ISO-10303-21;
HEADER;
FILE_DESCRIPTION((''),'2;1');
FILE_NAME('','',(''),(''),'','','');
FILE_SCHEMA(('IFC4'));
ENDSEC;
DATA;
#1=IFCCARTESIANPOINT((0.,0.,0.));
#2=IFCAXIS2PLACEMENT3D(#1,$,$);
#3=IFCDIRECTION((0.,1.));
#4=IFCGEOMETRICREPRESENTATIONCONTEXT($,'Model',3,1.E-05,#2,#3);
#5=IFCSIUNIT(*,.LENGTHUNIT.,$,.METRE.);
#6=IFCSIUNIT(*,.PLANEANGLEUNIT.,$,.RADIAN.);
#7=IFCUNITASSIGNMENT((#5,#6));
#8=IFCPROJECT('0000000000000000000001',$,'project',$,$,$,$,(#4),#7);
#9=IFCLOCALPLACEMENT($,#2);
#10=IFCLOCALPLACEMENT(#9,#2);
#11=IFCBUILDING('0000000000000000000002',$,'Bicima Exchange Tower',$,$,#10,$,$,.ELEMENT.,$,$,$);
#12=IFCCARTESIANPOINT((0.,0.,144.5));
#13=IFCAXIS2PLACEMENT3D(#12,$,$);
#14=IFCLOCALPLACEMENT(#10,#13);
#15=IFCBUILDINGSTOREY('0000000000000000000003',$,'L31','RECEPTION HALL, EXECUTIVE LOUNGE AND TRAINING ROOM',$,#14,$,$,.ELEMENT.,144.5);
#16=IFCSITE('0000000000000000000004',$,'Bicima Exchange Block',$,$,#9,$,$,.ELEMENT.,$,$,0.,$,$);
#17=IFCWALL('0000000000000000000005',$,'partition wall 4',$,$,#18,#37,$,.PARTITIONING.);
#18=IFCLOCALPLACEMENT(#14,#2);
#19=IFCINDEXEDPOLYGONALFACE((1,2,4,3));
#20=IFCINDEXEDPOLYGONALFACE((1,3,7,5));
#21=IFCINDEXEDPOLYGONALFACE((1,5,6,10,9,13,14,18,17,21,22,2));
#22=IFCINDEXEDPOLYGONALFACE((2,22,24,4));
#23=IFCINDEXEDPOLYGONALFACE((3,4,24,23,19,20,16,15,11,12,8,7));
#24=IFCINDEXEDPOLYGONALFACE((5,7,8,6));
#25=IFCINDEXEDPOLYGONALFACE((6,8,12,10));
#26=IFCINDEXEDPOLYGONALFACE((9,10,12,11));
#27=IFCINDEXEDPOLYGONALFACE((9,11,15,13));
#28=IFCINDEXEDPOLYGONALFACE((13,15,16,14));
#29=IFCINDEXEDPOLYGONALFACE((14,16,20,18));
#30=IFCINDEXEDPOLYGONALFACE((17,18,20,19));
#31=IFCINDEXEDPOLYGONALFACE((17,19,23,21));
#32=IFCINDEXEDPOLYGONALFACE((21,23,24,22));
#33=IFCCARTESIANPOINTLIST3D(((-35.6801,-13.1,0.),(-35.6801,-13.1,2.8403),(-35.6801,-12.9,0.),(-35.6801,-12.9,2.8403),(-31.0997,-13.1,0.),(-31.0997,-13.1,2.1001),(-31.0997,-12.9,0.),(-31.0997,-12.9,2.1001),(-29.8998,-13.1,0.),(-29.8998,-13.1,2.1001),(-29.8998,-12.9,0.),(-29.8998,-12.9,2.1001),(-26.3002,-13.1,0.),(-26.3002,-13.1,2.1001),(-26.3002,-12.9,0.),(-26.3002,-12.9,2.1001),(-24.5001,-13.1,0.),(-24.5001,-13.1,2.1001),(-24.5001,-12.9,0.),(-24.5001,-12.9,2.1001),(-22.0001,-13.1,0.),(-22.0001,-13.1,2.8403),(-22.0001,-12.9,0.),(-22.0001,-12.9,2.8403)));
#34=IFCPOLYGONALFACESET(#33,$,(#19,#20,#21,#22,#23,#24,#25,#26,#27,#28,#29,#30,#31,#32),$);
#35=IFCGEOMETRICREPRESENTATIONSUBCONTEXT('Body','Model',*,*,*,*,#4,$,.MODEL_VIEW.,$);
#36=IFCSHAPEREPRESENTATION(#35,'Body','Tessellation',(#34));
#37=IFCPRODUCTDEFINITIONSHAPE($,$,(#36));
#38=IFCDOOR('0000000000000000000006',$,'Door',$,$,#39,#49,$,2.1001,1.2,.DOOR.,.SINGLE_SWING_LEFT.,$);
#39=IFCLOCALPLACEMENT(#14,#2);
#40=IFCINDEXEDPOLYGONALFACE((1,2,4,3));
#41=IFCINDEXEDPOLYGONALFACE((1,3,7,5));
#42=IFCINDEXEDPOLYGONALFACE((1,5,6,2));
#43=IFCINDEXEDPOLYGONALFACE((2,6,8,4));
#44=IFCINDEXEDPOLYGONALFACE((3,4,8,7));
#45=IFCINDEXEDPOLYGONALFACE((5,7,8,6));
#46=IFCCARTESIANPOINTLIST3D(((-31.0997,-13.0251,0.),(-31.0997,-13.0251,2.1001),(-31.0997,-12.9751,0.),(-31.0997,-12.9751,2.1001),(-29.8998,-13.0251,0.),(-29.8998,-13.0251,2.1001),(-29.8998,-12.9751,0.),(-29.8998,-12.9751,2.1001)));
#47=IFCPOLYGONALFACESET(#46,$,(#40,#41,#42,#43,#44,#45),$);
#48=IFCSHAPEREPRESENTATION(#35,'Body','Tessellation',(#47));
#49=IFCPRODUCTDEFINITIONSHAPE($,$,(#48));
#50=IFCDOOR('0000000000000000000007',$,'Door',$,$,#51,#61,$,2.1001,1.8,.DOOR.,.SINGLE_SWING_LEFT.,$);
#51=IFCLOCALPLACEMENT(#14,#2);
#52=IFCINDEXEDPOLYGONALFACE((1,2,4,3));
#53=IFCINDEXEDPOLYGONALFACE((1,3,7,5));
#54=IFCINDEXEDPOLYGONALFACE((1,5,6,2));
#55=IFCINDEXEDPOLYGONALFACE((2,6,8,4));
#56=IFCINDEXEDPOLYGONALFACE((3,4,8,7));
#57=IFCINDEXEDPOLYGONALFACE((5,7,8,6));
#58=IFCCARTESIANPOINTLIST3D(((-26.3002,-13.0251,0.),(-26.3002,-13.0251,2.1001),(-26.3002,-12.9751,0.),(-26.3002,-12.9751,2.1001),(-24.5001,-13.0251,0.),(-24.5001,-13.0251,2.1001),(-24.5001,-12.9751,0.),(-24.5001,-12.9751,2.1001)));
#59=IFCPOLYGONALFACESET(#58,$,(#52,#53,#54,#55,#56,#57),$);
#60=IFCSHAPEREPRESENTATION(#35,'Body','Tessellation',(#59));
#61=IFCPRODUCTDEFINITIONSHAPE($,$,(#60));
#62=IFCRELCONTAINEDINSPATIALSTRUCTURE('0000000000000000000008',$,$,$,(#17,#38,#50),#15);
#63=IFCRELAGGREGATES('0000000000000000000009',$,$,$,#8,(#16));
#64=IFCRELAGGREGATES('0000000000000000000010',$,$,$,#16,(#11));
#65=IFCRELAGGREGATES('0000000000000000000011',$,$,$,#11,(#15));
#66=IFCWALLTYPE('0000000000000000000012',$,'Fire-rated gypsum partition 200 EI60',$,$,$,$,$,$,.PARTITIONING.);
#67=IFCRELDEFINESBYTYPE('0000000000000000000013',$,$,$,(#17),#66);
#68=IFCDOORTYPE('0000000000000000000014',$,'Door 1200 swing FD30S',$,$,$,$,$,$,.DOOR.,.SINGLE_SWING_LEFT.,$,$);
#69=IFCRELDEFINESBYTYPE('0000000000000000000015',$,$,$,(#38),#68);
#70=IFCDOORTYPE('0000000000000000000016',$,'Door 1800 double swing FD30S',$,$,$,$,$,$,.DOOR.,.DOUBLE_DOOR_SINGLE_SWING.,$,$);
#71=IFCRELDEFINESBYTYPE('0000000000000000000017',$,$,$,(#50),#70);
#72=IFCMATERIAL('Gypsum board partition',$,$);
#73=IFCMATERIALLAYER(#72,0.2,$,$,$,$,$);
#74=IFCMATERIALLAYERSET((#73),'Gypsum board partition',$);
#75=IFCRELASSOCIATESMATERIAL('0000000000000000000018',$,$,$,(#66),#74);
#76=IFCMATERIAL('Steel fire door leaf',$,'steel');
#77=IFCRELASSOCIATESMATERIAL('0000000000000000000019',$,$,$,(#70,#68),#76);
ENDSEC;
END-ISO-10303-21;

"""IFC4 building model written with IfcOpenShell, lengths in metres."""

from ifc_helpers import new_model, si_unit, direction, frame, frame_2d, origin, place, context, subcontext, project, spatial, rectangle, extrude, material, layer, layer_set, type_object, element, fill, save


model = new_model("IFC4")

# Units and contexts
model_context = context("Model", 3, precision=1e-05, world=origin(), true_north=direction((0.0, 1.0)))
body_context = subcontext(model_context, "Body", "Model", "MODEL_VIEW")
ifc_project = project(units=[si_unit("LENGTHUNIT", "METRE"), si_unit("PLANEANGLEUNIT", "RADIAN")], contexts=[model_context])

# Site, building, storey
site_placement = place(None, origin())
site = spatial("IfcSite", under=ifc_project, at=site_placement, Name="Bicima Exchange Block", CompositionType="ELEMENT", RefElevation=0.0)
building_placement = place(site_placement, origin())
building = spatial("IfcBuilding", under=site, at=building_placement, Name="Bicima Exchange Tower", CompositionType="ELEMENT")
storey_placement = place(building_placement, frame((0.0, 0.0, 144.5)))
storey = spatial("IfcBuildingStorey", under=building, at=storey_placement, Name="L31", Description="RECEPTION HALL, EXECUTIVE LOUNGE AND TRAINING ROOM", CompositionType="ELEMENT", Elevation=144.5)

# Wall, openings, doors
ifc_material_1 = material(Name="Gypsum board partition")
ifc_layer_1 = layer(ifc_material_1, 0.2)
ifc_layer_set_1 = layer_set([ifc_layer_1], Name="Gypsum board partition")
wall_type = type_object("IfcWallType", Name="Fire-rated gypsum partition 200 EI60", PredefinedType="PARTITIONING", material=ifc_layer_set_1)
ifc_material_2 = material(Name="Steel fire door leaf", Category="steel")
door_type_1 = type_object("IfcDoorType", Name="Door 1800 double swing FD30S", OperationType="DOUBLE_DOOR_SINGLE_SWING", PredefinedType="DOOR", material=ifc_material_2)
wall_1_placement = place(storey_placement, frame((-35.6799, -13.0, 0.0), z_axis=(0.0, 0.0, 1.0), x_axis=(1.0, 0.0, 0.0)))
wall_1 = element("IfcWall", 1, at=wall_1_placement, inside=storey, type_object=wall_type, Name="partition wall 4", PredefinedType="PARTITIONING", context=body_context, shape_type="SweptSolid", body=[
    extrude(rectangle(XDim=13.6799, YDim=0.2, at=frame_2d((6.8398, 0.0))), origin(), (0.0, 0.0, 1.0), 2.8403),
])
opening_1_placement = place(wall_1_placement, frame((4.5801, 0.0, 0.0)))
opening_1 = element("IfcOpeningElement", 2, at=opening_1_placement, cuts=wall_1, PredefinedType="OPENING", context=body_context, shape_type="SweptSolid", body=[
    extrude(rectangle(XDim=1.2, YDim=2.1001, at=frame_2d((0.6001, 1.05))), frame((0.0, 0.1118, 0.0), z_axis=(0.0, -1.0, 0.0), x_axis=(1.0, 0.0, 0.0)), (0.0, 0.0, 1.0), 0.2239),
])
opening_2_placement = place(wall_1_placement, frame((9.3799, 0.0, 0.0)))
opening_2 = element("IfcOpeningElement", 3, at=opening_2_placement, cuts=wall_1, PredefinedType="OPENING", context=body_context, shape_type="SweptSolid", body=[
    extrude(rectangle(XDim=1.8, YDim=2.1001, at=frame_2d((0.8999, 1.05))), frame((0.0, 0.1118, 0.0), z_axis=(0.0, -1.0, 0.0), x_axis=(1.0, 0.0, 0.0)), (0.0, 0.0, 1.0), 0.2239),
])
door_type_2 = type_object("IfcDoorType", Name="Door 1200 swing FD30S", OperationType="SINGLE_SWING_LEFT", PredefinedType="DOOR", material=ifc_material_2)
door_1_placement = place(opening_1_placement, origin())
door_1 = element("IfcDoor", 4, at=door_1_placement, inside=storey, type_object=door_type_2, Name="Door", OperationType="SINGLE_SWING_LEFT", OverallHeight=2.1001, OverallWidth=1.2, PredefinedType="DOOR", context=body_context, shape_type="SweptSolid", body=[
    extrude(rectangle(XDim=1.2, YDim=2.1001, at=frame_2d((0.6001, 1.05))), frame((0.0, 0.0249, 0.0), z_axis=(0.0, -1.0, 0.0), x_axis=(1.0, 0.0, 0.0)), (0.0, 0.0, 1.0), 0.05),
])
fill(opening_1, door_1)
door_2_placement = place(opening_2_placement, origin())
door_2 = element("IfcDoor", 5, at=door_2_placement, inside=storey, type_object=door_type_1, Name="Door", OperationType="SINGLE_SWING_LEFT", OverallHeight=2.1001, OverallWidth=1.8, PredefinedType="DOOR", context=body_context, shape_type="SweptSolid", body=[
    extrude(rectangle(XDim=1.8, YDim=2.1001, at=frame_2d((0.8999, 1.05))), frame((0.0, 0.0249, 0.0), z_axis=(0.0, -1.0, 0.0), x_axis=(1.0, 0.0, 0.0)), (0.0, 0.0, 1.0), 0.05),
])
fill(opening_2, door_2)

save(model, "model.ifc")
